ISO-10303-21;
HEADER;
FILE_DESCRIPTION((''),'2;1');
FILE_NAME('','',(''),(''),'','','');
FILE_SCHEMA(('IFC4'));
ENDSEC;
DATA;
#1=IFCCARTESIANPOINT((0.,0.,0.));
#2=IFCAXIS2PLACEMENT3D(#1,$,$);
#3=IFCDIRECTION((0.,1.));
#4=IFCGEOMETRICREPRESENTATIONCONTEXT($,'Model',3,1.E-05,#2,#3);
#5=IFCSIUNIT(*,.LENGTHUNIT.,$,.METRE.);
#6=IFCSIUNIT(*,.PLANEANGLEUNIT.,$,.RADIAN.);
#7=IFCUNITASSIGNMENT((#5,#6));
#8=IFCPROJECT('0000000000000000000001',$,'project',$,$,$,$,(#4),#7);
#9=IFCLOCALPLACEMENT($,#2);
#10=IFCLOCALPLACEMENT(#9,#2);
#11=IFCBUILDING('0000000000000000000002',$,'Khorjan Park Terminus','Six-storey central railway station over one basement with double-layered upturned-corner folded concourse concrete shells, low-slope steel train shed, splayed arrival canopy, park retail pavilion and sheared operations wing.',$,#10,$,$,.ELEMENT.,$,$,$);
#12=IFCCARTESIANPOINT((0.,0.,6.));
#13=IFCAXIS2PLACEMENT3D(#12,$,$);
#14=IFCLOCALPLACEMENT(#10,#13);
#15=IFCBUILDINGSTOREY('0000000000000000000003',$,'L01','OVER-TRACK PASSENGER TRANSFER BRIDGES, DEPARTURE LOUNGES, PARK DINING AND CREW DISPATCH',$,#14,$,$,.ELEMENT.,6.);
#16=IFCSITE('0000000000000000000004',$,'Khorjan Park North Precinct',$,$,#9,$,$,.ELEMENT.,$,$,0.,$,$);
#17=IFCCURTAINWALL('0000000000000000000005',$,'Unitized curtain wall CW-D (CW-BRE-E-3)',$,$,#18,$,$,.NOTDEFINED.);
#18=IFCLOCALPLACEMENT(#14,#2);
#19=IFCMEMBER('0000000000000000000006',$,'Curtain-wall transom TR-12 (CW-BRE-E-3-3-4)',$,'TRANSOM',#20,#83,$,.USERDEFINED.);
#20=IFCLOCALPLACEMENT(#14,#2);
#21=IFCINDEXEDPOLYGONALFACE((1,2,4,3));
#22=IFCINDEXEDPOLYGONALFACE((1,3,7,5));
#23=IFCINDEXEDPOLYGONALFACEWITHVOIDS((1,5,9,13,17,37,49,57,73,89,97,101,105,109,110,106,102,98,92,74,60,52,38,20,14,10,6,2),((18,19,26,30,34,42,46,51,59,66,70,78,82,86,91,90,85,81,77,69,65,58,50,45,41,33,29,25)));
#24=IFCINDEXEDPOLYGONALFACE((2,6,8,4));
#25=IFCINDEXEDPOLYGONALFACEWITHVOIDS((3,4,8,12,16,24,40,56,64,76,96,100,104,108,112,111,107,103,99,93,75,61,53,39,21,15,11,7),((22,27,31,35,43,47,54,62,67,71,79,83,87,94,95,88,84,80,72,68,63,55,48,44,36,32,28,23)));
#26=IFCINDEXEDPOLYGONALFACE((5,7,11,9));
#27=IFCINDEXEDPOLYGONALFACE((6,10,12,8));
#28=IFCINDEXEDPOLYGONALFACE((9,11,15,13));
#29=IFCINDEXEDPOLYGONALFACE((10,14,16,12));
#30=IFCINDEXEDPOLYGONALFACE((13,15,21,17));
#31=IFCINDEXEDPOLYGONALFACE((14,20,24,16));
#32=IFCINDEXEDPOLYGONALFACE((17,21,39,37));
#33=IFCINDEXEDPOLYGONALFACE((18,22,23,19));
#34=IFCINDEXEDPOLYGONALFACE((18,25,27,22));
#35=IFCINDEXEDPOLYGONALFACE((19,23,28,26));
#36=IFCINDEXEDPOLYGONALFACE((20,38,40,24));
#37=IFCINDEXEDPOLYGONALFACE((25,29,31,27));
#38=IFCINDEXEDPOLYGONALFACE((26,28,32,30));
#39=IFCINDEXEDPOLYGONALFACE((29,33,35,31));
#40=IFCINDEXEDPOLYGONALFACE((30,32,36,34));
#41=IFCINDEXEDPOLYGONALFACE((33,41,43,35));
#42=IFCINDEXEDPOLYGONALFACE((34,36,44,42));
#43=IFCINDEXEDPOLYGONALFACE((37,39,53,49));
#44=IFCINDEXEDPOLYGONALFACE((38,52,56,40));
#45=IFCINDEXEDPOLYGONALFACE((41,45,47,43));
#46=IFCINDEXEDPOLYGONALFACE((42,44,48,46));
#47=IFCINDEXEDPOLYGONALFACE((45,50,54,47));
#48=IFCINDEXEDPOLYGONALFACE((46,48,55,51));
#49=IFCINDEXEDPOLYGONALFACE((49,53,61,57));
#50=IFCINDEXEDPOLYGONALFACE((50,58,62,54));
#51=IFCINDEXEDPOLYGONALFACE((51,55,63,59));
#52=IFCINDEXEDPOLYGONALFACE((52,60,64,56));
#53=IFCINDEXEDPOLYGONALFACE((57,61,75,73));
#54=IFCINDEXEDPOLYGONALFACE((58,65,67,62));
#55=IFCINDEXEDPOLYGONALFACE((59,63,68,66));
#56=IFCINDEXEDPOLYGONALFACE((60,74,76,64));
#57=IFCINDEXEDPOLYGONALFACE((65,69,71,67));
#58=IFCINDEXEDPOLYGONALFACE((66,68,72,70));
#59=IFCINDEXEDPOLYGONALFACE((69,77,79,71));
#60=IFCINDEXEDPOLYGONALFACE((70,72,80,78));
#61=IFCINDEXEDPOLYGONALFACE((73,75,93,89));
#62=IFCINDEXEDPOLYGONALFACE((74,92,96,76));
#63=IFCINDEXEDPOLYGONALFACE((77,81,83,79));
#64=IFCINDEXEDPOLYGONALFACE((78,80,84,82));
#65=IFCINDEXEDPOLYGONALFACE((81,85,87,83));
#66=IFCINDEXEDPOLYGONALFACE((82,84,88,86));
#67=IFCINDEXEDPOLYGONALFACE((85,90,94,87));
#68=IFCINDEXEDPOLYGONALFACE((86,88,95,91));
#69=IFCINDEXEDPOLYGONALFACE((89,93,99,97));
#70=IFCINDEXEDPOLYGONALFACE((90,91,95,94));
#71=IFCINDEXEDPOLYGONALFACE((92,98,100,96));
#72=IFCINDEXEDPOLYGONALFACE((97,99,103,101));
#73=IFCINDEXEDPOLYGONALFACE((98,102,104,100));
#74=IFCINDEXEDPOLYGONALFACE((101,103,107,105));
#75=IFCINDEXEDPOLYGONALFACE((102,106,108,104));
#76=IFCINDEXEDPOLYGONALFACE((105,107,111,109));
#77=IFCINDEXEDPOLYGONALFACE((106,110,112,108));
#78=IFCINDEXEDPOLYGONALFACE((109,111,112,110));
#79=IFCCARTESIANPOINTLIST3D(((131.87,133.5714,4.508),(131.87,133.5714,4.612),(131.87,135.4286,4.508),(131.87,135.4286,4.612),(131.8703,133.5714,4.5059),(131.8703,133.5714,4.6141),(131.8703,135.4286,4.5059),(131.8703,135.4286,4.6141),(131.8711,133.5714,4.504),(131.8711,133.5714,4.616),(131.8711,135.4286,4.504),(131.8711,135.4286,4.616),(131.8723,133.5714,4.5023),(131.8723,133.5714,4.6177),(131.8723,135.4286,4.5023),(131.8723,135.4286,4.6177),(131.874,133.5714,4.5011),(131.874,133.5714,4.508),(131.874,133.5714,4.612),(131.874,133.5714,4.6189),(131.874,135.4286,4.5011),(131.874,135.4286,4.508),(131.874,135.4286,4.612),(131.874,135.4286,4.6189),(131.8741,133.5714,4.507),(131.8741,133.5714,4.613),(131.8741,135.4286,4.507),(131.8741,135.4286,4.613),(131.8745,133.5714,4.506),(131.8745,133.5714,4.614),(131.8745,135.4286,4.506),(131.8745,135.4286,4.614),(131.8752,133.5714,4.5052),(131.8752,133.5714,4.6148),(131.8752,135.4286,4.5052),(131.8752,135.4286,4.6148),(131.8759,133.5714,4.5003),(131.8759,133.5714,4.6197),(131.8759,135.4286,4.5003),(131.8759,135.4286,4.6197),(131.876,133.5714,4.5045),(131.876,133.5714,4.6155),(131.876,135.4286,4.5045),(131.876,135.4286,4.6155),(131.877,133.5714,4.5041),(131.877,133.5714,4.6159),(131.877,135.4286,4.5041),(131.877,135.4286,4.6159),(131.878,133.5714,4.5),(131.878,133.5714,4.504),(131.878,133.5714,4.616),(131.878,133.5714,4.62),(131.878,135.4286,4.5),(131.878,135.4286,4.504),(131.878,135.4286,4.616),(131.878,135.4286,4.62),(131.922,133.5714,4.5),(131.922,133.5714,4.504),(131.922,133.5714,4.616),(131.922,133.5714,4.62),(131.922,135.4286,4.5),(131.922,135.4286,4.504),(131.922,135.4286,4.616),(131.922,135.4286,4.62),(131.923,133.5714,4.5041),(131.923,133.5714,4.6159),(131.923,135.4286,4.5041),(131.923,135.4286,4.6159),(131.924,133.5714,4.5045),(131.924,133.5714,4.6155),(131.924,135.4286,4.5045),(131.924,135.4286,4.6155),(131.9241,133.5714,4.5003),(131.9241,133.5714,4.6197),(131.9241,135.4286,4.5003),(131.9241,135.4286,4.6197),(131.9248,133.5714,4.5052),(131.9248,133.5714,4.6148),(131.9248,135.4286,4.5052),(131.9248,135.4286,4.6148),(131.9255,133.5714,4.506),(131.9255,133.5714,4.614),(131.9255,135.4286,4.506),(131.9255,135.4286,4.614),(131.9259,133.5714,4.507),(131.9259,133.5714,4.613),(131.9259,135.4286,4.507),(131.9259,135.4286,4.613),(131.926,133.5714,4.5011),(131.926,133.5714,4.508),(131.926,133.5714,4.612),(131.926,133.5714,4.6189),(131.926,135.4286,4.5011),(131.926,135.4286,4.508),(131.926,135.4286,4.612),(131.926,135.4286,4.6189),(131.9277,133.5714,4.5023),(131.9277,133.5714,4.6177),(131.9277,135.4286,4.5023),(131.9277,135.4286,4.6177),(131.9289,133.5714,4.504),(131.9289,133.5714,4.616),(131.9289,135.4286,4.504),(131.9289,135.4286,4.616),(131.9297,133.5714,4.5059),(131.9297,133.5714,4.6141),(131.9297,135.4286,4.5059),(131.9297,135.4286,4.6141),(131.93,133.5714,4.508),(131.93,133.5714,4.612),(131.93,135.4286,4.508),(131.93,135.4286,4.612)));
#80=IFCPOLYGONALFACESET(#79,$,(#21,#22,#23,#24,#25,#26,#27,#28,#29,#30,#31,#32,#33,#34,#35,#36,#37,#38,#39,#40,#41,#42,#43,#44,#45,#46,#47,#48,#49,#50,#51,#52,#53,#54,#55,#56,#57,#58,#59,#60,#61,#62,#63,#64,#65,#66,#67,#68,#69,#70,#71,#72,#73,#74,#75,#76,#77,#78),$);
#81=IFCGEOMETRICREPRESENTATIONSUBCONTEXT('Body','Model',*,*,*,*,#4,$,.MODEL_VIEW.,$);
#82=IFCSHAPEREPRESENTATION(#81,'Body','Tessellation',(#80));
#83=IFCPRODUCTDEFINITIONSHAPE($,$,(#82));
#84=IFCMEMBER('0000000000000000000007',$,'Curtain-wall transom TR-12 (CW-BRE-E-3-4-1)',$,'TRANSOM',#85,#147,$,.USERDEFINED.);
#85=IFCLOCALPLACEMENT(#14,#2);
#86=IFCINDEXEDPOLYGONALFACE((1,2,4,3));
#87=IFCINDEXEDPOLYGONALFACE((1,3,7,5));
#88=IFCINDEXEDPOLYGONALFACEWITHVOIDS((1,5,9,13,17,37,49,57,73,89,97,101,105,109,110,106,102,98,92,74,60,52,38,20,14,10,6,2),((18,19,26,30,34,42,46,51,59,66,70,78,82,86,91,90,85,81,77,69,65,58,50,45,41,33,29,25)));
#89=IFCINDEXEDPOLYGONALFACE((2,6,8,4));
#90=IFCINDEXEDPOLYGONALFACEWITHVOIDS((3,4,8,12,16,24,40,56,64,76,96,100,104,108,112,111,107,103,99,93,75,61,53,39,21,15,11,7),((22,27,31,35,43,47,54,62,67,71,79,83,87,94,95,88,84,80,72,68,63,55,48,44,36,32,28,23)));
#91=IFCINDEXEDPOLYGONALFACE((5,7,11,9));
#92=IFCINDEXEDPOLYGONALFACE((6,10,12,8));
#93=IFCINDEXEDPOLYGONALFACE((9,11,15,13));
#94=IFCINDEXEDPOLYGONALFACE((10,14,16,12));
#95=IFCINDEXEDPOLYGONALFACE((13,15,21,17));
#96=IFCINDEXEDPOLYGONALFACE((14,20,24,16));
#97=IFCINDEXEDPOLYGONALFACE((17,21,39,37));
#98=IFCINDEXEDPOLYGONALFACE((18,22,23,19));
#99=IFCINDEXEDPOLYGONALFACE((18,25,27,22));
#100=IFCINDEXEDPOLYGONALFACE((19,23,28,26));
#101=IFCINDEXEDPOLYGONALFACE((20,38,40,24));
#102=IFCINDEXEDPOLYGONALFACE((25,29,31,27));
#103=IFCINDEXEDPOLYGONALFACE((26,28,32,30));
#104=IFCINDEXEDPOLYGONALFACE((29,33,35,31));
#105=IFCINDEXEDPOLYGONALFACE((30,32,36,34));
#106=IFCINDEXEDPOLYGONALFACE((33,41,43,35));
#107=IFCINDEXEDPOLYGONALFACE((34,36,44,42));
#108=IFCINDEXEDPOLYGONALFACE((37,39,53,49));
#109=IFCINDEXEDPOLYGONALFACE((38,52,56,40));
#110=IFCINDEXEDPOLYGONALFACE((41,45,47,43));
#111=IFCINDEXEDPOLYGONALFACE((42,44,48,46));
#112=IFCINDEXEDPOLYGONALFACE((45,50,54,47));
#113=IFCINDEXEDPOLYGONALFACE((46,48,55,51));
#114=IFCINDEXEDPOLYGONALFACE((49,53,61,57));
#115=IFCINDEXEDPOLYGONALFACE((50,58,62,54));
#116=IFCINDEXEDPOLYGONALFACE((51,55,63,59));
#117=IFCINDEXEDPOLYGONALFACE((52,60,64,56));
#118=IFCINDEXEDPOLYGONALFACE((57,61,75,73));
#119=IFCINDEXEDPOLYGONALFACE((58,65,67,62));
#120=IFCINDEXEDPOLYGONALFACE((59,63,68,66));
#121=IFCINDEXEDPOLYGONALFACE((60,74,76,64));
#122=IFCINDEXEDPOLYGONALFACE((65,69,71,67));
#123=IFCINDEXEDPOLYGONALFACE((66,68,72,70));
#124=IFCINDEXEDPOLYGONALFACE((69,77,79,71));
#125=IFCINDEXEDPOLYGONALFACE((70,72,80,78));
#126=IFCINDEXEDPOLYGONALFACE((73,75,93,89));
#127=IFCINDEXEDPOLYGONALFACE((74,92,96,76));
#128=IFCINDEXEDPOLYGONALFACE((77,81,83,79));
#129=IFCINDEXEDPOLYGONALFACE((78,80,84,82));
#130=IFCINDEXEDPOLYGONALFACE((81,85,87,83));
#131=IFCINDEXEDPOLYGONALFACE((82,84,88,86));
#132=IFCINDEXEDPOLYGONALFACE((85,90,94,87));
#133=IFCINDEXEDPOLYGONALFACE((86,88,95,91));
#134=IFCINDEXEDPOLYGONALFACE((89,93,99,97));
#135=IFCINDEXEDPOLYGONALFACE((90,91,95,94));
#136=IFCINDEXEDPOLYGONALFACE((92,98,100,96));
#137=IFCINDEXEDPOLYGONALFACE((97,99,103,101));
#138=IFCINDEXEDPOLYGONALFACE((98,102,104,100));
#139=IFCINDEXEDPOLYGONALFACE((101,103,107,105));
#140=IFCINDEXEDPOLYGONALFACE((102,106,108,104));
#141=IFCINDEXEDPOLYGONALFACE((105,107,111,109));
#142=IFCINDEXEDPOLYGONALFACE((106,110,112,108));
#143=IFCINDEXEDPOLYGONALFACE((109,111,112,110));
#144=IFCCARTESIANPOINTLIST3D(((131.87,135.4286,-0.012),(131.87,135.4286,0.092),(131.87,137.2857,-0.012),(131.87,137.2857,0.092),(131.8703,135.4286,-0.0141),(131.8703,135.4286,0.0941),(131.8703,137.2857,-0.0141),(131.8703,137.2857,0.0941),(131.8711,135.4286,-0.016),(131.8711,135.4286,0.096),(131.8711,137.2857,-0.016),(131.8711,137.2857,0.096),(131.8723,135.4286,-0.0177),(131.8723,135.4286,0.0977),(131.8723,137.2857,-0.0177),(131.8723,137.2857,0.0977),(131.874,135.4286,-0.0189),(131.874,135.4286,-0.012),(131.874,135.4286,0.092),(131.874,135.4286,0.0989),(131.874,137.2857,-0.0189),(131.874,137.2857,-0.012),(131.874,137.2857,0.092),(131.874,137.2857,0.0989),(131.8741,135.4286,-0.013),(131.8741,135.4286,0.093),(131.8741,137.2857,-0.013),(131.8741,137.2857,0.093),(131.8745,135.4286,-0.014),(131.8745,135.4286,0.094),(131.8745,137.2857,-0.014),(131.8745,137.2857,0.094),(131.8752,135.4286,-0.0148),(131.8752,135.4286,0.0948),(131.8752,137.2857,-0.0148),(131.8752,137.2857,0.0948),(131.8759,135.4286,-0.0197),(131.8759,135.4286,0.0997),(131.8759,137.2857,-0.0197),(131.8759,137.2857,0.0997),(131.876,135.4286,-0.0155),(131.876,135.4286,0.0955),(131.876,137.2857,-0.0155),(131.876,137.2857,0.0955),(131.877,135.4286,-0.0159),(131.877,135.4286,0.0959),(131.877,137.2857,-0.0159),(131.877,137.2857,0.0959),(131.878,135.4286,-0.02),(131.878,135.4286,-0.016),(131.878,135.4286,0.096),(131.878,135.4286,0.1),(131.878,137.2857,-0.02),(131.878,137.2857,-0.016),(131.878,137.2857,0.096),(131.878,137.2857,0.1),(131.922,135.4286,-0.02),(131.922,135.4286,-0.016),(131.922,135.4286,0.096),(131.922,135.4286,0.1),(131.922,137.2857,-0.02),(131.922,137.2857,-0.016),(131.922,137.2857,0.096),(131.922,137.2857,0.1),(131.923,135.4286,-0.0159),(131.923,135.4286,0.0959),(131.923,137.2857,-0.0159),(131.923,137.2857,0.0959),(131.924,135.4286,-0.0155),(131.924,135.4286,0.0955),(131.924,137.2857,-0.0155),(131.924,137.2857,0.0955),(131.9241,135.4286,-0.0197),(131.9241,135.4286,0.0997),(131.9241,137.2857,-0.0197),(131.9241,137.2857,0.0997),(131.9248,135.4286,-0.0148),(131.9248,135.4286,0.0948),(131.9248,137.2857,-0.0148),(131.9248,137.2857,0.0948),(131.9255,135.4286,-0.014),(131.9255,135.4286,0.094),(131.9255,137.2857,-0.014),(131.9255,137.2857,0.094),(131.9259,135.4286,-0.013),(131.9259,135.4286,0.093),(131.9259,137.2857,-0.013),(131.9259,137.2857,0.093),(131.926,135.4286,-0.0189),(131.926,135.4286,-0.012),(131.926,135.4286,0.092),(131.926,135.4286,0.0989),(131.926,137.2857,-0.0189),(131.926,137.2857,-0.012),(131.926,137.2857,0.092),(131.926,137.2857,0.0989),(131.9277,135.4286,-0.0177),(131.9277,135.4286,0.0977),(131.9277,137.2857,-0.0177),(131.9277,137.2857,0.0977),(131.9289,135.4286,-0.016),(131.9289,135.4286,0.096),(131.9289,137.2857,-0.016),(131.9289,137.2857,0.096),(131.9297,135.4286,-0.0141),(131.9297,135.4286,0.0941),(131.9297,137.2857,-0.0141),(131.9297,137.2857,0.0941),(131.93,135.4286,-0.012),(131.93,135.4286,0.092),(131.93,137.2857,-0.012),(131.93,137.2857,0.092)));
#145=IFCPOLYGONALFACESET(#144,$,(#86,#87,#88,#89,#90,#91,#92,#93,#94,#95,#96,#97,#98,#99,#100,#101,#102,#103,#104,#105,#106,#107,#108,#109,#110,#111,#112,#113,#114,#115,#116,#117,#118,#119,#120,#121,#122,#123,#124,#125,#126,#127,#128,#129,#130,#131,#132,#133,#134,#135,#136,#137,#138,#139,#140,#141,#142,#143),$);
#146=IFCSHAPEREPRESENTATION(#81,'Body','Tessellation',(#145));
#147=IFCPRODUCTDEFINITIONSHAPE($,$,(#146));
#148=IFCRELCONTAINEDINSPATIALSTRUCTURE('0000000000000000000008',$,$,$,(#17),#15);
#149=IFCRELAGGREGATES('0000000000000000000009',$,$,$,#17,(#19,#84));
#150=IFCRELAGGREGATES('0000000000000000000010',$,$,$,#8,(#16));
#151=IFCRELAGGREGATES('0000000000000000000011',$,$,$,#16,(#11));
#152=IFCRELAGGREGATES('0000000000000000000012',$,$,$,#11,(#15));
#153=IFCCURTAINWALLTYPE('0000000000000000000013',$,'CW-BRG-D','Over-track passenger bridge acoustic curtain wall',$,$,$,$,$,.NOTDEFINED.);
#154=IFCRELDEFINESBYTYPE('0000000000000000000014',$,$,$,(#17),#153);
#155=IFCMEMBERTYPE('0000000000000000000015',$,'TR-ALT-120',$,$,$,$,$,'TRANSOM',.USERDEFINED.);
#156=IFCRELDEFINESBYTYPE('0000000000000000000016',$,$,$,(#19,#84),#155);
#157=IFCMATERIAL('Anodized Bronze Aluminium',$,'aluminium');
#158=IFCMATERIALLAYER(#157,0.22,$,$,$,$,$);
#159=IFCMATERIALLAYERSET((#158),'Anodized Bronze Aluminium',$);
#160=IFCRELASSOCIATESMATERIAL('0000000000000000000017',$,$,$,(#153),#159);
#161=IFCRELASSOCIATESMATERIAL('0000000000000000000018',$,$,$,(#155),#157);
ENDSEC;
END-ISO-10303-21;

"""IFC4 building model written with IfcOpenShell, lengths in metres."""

from ifc_helpers import new_model, si_unit, direction, frame, origin, origin_2d, place, context, subcontext, project, spatial, hollow_rectangle, extrude, material, layer, layer_set, material_profile, profile_set, type_object, element, aggregate, save


model = new_model("IFC4")

# Units and contexts
model_context = context("Model", 3, precision=1e-05, world=origin(), true_north=direction((0.0, 1.0)))
body_context = subcontext(model_context, "Body", "Model", "MODEL_VIEW")
ifc_project = project(units=[si_unit("LENGTHUNIT", "METRE"), si_unit("PLANEANGLEUNIT", "RADIAN")], contexts=[model_context])

# Site, building, storey
site_placement = place(None, origin())
site = spatial("IfcSite", under=ifc_project, at=site_placement, Name="Khorjan Park North Precinct", CompositionType="ELEMENT", RefElevation=0.0)
building_placement = place(site_placement, origin())
building = spatial("IfcBuilding", under=site, at=building_placement, Name="Khorjan Park Terminus", Description="Six-storey central railway station over one basement with double-layered upturned-corner folded concourse concrete shells, low-slope steel train shed, splayed arrival canopy, park retail pavilion and sheared operations wing.", CompositionType="ELEMENT")
storey_placement = place(building_placement, frame((0.0, 0.0, 6.0)))
storey = spatial("IfcBuildingStorey", under=building, at=storey_placement, Name="L01", Description="OVER-TRACK PASSENGER TRANSFER BRIDGES, DEPARTURE LOUNGES, PARK DINING AND CREW DISPATCH", CompositionType="ELEMENT", Elevation=6.0)

# Curtain wall, members
ifc_material_1 = material(Name="Anodized Bronze Aluminium", Category="aluminium")
ifc_layer_1 = layer(ifc_material_1, 0.22)
ifc_layer_set_1 = layer_set([ifc_layer_1], Name="Anodized Bronze Aluminium")
curtain_wall_type = type_object("IfcCurtainWallType", Name="CW-BRG-D", Description="Over-track passenger bridge acoustic curtain wall", PredefinedType="NOTDEFINED", material=ifc_layer_set_1)
curtain_wall_placement = place(storey_placement, origin())
curtain_wall = element("IfcCurtainWall", 1, at=curtain_wall_placement, inside=storey, type_object=curtain_wall_type, Name="Unitized curtain wall CW-D (CW-BRE-E-3)", PredefinedType="NOTDEFINED")
ifc_material_profile_1 = material_profile(ifc_material_1, hollow_rectangle(XDim=0.06, YDim=0.12, WallThickness=0.004, InnerFilletRadius=0.004, OuterFilletRadius=0.008, at=origin_2d()), Name="ALT 60x120x4")
ifc_profile_set_1 = profile_set([ifc_material_profile_1], Name="Anodized Bronze Aluminium")
member_type_1 = type_object("IfcMemberType", Name="TR-ALT-120", ElementType="TRANSOM", PredefinedType="USERDEFINED", material=ifc_profile_set_1)
member_1_placement = place(storey_placement, frame((131.9, 133.5714, 4.56), z_axis=(0.0, 1.0, 0.0), x_axis=(-1.0, 0.0, 0.0)))
member_1 = element("IfcMember", 2, at=member_1_placement, type_object=member_type_1, Name="Curtain-wall transom TR-12 (CW-BRE-E-3-3-4)", ObjectType="TRANSOM", PredefinedType="USERDEFINED", context=body_context, shape_type="SweptSolid", body=[
    extrude(hollow_rectangle(XDim=0.06, YDim=0.12, WallThickness=0.004, InnerFilletRadius=0.004, OuterFilletRadius=0.008, at=origin_2d()), origin(), (0.0, 0.0, 1.0), 1.8572),
])
member_2_placement = place(storey_placement, frame((131.9, 135.4286, 0.04), z_axis=(0.0, 1.0, 0.0), x_axis=(-1.0, 0.0, 0.0)))
member_2 = element("IfcMember", 3, at=member_2_placement, type_object=member_type_1, Name="Curtain-wall transom TR-12 (CW-BRE-E-3-4-1)", ObjectType="TRANSOM", PredefinedType="USERDEFINED", context=body_context, shape_type="SweptSolid", body=[
    extrude(hollow_rectangle(XDim=0.06, YDim=0.12, WallThickness=0.004, InnerFilletRadius=0.004, OuterFilletRadius=0.008, at=origin_2d()), origin(), (0.0, 0.0, 1.0), 1.8571),
])
aggregate(curtain_wall, [member_1, member_2])

save(model, "model.ifc")
